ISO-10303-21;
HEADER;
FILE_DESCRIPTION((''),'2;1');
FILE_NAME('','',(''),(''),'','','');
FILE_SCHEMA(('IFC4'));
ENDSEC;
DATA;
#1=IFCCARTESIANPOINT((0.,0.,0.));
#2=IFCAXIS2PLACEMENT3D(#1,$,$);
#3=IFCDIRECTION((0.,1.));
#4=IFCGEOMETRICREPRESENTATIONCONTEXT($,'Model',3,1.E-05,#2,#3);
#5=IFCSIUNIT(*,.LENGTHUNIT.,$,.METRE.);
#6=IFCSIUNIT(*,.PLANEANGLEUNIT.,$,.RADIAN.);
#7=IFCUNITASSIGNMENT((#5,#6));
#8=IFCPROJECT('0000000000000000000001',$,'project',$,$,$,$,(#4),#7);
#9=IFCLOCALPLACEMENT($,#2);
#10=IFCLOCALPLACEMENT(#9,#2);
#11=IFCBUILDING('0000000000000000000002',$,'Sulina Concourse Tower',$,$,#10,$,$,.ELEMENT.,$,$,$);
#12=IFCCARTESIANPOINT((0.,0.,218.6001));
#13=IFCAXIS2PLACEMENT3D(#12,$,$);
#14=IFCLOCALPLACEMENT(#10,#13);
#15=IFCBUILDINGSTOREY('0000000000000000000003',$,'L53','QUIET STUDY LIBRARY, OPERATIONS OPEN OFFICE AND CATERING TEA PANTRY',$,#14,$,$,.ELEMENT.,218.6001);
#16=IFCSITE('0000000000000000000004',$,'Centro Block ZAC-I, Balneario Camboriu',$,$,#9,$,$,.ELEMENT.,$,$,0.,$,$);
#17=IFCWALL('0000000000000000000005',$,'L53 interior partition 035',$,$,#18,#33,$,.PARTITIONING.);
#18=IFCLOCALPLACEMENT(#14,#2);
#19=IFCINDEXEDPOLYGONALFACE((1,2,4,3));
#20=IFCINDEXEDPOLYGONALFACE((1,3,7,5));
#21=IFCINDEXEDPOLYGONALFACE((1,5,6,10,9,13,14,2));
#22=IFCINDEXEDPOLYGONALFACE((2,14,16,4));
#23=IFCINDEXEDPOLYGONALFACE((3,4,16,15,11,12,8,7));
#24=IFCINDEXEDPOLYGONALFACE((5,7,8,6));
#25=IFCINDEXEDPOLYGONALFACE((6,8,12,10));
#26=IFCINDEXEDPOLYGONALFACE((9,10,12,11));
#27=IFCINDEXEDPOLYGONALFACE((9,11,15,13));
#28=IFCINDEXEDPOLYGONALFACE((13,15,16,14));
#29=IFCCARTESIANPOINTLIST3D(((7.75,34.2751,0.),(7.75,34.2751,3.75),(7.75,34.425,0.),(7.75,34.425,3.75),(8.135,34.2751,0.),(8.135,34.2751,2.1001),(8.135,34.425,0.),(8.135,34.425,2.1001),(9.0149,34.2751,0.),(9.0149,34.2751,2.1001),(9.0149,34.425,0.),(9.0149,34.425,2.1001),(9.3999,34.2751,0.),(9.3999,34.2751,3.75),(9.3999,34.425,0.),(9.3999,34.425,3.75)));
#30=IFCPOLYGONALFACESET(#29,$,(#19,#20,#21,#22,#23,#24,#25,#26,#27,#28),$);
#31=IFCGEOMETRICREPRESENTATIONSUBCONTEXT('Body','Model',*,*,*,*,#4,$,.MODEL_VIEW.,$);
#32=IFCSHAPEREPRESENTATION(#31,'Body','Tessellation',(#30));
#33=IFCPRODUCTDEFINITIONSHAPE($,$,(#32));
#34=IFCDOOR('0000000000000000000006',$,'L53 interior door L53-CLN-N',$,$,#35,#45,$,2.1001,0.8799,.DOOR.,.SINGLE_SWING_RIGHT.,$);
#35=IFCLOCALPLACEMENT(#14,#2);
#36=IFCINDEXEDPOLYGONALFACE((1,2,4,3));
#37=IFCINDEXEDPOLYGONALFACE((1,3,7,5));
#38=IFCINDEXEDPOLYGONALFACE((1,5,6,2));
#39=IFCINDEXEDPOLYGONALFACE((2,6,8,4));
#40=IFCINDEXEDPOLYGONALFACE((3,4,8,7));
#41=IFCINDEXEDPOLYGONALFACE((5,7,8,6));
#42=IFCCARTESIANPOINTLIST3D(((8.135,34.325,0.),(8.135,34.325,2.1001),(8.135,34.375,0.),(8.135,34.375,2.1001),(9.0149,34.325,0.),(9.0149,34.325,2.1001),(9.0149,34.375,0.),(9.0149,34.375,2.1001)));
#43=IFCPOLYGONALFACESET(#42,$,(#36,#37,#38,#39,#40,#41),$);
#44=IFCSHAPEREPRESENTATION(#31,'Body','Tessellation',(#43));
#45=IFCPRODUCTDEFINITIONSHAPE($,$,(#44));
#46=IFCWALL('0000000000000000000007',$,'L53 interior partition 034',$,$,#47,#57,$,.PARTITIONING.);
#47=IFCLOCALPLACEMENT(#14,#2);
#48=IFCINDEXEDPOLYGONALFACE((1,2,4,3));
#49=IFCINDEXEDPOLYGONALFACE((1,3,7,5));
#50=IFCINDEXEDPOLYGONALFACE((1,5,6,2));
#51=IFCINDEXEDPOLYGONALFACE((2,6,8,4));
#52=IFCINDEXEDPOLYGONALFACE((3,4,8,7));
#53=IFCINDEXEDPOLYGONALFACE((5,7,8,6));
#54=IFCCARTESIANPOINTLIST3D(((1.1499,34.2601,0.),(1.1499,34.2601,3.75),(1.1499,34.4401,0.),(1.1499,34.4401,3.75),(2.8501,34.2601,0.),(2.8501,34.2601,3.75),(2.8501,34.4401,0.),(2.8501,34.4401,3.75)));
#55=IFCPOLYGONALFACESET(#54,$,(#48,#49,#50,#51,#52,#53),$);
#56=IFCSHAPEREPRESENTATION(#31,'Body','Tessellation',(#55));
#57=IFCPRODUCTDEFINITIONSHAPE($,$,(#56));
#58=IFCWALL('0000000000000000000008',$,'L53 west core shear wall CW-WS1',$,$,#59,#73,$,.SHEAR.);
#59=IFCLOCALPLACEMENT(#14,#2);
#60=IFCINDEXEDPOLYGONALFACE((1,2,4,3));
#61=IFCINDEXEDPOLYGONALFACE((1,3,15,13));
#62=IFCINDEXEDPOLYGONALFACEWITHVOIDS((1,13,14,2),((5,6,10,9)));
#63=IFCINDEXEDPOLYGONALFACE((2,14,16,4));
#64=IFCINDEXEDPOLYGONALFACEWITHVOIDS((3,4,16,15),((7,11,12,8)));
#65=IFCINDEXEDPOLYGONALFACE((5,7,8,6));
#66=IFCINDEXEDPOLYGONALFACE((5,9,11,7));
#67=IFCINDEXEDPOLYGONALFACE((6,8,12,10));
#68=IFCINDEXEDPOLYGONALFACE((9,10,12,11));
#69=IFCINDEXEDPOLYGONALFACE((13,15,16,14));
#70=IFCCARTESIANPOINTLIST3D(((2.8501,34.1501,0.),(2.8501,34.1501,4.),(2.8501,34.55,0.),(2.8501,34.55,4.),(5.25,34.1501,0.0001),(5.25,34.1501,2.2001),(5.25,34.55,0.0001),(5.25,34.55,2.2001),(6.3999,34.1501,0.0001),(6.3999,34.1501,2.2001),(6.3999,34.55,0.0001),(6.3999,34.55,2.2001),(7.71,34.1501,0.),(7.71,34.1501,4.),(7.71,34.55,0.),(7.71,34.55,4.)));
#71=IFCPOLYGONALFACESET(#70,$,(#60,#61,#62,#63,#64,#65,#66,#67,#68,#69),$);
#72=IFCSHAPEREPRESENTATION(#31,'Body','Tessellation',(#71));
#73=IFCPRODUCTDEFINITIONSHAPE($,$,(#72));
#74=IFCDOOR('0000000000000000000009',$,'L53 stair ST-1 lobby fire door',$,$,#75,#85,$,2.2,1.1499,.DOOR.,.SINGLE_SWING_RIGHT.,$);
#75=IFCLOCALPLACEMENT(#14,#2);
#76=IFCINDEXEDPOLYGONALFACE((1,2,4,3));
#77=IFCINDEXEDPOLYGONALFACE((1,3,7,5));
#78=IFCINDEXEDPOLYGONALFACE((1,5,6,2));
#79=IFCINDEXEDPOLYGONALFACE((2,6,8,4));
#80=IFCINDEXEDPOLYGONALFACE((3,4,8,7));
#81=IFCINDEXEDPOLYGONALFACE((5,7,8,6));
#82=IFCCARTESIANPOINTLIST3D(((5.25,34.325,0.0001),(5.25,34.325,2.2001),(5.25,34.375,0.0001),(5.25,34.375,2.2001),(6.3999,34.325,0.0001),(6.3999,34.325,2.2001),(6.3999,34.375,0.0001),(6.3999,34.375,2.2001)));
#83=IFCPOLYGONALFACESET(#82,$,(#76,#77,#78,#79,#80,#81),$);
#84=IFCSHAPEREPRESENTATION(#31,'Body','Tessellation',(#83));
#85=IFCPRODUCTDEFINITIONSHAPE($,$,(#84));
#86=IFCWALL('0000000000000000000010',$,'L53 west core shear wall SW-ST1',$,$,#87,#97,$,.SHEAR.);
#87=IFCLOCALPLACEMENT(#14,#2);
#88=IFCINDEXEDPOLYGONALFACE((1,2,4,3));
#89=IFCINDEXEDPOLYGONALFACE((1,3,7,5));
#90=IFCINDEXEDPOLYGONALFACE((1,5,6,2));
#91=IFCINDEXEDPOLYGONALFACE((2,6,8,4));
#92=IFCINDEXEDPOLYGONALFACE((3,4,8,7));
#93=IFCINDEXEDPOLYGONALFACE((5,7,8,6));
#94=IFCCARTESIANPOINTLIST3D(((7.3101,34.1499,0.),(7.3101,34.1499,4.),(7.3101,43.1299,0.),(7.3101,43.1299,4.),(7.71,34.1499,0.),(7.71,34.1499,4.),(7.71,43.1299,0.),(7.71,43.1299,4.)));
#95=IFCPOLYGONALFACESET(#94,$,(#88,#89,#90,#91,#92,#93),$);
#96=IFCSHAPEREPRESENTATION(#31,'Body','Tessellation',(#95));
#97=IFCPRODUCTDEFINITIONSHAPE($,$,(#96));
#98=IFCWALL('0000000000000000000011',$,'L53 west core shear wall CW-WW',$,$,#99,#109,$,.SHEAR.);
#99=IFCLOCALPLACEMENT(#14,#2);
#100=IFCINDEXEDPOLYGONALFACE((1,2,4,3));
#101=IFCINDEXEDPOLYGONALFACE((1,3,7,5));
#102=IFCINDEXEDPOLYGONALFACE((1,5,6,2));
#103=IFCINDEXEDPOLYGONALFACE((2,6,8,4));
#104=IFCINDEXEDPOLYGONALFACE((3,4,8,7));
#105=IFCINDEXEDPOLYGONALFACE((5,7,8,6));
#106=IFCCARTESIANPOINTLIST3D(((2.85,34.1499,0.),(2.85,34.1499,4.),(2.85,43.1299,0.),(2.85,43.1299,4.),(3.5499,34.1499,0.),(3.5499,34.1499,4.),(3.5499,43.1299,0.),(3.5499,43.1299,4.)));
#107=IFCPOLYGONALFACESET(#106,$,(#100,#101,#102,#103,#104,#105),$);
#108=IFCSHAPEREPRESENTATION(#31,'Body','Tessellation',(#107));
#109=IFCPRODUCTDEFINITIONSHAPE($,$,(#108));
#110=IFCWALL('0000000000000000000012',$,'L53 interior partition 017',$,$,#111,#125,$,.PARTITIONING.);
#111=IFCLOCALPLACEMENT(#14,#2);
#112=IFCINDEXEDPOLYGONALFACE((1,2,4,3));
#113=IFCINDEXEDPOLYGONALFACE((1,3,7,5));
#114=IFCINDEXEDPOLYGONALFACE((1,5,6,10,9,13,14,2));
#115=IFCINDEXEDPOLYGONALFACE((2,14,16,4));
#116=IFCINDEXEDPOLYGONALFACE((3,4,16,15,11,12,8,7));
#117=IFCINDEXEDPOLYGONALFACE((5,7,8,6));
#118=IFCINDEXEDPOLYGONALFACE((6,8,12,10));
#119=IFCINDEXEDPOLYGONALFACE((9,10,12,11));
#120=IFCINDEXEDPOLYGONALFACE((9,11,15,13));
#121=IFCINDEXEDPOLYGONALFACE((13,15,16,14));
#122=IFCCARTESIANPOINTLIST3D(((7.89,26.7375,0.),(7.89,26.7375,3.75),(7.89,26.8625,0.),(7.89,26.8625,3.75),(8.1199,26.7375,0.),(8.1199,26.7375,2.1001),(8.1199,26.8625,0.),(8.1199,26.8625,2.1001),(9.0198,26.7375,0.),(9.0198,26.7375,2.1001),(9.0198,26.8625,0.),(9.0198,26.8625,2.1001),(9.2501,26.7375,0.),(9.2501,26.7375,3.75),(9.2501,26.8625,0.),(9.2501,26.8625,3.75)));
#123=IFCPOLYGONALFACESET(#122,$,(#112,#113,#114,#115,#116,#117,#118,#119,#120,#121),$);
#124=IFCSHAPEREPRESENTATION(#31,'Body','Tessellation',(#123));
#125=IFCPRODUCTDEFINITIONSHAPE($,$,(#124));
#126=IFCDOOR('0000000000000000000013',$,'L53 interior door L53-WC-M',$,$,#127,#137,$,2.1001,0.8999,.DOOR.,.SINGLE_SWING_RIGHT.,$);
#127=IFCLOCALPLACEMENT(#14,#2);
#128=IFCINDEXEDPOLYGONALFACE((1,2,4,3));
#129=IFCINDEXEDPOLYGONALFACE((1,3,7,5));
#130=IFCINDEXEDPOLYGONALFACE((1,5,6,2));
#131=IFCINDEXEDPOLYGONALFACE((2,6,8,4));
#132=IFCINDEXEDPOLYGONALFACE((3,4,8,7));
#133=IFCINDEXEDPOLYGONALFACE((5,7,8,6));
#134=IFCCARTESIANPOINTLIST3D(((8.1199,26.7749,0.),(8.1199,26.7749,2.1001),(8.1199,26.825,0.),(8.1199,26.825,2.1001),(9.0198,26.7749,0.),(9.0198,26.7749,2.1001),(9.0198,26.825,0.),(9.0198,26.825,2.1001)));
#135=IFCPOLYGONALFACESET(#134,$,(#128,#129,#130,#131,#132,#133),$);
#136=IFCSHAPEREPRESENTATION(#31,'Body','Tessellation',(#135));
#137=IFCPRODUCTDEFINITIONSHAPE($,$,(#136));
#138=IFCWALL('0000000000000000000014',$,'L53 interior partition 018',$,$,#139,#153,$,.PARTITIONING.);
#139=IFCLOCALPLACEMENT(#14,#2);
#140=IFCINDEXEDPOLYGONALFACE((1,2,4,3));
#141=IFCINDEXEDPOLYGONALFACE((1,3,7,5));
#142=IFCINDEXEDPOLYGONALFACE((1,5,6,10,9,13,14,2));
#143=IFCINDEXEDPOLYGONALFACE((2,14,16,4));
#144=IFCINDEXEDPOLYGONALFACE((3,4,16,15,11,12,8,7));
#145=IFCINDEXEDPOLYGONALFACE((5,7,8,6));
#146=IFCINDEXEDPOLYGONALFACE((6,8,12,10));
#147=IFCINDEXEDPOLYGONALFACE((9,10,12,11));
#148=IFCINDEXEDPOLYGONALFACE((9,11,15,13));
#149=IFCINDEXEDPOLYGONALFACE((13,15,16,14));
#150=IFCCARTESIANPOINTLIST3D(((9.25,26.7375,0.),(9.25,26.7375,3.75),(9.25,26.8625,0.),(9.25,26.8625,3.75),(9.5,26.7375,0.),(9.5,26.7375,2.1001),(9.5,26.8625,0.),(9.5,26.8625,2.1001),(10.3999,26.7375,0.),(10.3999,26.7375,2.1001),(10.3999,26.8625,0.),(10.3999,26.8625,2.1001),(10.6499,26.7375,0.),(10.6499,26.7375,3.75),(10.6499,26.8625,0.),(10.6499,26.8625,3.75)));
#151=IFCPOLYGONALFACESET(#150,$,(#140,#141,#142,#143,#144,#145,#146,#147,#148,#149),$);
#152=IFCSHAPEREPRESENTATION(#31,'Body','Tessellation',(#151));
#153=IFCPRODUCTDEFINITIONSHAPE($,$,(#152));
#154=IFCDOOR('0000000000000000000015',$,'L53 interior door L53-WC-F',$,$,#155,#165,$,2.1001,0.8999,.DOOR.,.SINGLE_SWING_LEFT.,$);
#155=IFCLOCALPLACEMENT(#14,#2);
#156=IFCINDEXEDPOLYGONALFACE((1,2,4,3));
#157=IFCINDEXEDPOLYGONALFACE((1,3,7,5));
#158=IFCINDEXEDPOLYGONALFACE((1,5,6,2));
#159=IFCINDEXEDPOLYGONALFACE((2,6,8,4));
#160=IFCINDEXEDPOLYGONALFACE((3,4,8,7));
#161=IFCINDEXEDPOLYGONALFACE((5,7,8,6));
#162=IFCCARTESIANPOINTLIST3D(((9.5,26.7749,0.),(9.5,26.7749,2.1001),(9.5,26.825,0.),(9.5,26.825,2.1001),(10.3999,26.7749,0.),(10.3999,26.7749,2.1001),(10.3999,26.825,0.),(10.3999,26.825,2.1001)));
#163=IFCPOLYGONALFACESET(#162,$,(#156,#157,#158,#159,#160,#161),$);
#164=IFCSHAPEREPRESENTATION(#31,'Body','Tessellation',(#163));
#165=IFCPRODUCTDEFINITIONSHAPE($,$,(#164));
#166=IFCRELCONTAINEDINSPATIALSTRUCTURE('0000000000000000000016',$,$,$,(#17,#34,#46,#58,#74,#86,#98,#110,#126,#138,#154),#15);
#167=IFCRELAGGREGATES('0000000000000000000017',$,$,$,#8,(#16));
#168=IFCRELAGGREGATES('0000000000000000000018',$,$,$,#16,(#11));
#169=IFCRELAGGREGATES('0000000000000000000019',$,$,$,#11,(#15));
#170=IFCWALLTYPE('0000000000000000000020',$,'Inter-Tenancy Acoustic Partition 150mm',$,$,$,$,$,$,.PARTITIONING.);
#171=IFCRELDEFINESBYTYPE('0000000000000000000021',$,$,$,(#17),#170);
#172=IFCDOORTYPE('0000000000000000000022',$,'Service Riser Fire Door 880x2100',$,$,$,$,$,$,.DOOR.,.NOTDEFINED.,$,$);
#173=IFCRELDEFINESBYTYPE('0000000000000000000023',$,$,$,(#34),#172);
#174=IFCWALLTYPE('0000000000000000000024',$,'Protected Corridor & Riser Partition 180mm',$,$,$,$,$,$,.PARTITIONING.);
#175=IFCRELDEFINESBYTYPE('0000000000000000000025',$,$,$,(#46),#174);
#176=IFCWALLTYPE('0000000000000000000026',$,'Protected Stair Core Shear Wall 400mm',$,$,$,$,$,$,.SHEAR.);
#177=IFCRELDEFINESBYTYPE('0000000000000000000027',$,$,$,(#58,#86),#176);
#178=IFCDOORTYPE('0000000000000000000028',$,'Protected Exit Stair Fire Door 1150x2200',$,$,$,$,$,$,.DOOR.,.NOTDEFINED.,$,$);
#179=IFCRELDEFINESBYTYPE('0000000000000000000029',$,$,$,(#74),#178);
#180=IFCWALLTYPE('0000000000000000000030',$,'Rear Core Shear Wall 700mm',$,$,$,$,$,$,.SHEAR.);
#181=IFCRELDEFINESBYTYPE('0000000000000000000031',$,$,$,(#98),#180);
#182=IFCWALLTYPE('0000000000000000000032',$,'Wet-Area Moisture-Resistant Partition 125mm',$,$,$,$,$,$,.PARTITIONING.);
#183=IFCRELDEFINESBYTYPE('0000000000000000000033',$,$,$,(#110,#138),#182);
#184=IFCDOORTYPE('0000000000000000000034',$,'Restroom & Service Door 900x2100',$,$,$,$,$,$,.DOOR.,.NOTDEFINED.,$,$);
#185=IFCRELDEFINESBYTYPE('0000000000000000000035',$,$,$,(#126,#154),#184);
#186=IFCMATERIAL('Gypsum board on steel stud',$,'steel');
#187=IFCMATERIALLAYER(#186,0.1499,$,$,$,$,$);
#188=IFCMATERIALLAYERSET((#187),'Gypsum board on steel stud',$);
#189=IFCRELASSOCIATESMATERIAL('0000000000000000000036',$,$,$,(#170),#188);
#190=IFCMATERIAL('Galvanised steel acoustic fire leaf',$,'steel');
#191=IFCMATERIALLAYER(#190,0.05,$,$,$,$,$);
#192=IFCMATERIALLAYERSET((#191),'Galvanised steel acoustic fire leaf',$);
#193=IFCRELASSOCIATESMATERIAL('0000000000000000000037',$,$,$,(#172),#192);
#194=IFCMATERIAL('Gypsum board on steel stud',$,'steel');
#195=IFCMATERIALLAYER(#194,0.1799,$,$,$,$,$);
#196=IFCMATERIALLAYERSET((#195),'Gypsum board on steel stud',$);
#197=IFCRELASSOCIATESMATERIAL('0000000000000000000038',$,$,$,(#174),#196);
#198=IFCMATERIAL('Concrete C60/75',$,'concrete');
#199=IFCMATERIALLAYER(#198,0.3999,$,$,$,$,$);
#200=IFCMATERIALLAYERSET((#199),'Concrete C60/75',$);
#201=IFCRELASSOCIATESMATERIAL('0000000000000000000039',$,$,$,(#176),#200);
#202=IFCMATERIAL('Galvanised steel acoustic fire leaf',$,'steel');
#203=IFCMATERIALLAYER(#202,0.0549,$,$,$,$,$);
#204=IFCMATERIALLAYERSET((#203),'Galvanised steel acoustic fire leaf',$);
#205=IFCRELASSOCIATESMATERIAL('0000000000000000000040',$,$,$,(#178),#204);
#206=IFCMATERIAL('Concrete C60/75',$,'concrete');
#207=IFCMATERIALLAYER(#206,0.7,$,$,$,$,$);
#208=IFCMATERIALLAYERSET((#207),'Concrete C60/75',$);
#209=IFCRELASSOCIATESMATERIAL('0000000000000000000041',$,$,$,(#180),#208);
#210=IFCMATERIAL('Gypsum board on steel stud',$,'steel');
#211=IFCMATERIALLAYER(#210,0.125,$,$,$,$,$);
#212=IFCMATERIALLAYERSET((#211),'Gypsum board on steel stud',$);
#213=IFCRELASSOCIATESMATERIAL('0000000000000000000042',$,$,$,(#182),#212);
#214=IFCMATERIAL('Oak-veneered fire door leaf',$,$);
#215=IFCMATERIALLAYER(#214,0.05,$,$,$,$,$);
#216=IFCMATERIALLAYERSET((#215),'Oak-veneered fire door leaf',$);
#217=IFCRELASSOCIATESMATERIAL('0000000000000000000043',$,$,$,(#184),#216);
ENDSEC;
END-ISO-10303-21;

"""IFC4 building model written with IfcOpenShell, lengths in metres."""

from ifc_helpers import new_model, si_unit, direction, frame, frame_2d, origin, place, context, subcontext, project, spatial, rectangle, extrude, material, layer, layer_set, type_object, element, fill, save


model = new_model("IFC4")

# Units and contexts
model_context = context("Model", 3, precision=1e-05, world=origin(), true_north=direction((0.0, 1.0)))
body_context = subcontext(model_context, "Body", "Model", "MODEL_VIEW")
ifc_project = project(units=[si_unit("LENGTHUNIT", "METRE"), si_unit("PLANEANGLEUNIT", "RADIAN")], contexts=[model_context])

# Site, building, storey
site_placement = place(None, origin())
site = spatial("IfcSite", under=ifc_project, at=site_placement, Name="Centro Block ZAC-I, Balneario Camboriu", CompositionType="ELEMENT", RefElevation=0.0)
building_placement = place(site_placement, origin())
building = spatial("IfcBuilding", under=site, at=building_placement, Name="Sulina Concourse Tower", CompositionType="ELEMENT")
storey_placement = place(building_placement, frame((0.0, 0.0, 218.6001)))
storey = spatial("IfcBuildingStorey", under=building, at=storey_placement, Name="L53", Description="QUIET STUDY LIBRARY, OPERATIONS OPEN OFFICE AND CATERING TEA PANTRY", CompositionType="ELEMENT", Elevation=218.6001)

# Wall, opening, door
ifc_material_1 = material(Name="Gypsum board on steel stud", Category="steel")
ifc_layer_1 = layer(ifc_material_1, 0.1499)
ifc_layer_set_1 = layer_set([ifc_layer_1], Name="Gypsum board on steel stud")
wall_type_1 = type_object("IfcWallType", Name="Inter-Tenancy Acoustic Partition 150mm", PredefinedType="PARTITIONING", material=ifc_layer_set_1)
wall_1_placement = place(storey_placement, frame((7.75, 34.3501, 0.0), z_axis=(0.0, 0.0, 1.0), x_axis=(1.0, 0.0, 0.0)))
wall_1 = element("IfcWall", 1, at=wall_1_placement, inside=storey, type_object=wall_type_1, Name="L53 interior partition 035", PredefinedType="PARTITIONING", context=body_context, shape_type="SweptSolid", body=[
    extrude(rectangle(XDim=1.6499, YDim=0.1499, at=frame_2d((0.825, 0.0))), origin(), (0.0, 0.0, 1.0), 3.75),
])
opening_1_placement = place(wall_1_placement, frame((0.385, 0.0, 0.0)))
opening_1 = element("IfcOpeningElement", 2, at=opening_1_placement, cuts=wall_1, PredefinedType="OPENING", context=body_context, shape_type="SweptSolid", body=[
    extrude(rectangle(XDim=0.8799, YDim=2.1001, at=frame_2d((0.4399, 1.05))), frame((0.0, 0.085, 0.0), z_axis=(0.0, -1.0, 0.0), x_axis=(1.0, 0.0, 0.0)), (0.0, 0.0, 1.0), 0.1699),
])
ifc_material_2 = material(Name="Galvanised steel acoustic fire leaf", Category="steel")
ifc_layer_2 = layer(ifc_material_2, 0.05)
ifc_layer_set_2 = layer_set([ifc_layer_2], Name="Galvanised steel acoustic fire leaf")
door_type_1 = type_object("IfcDoorType", Name="Service Riser Fire Door 880x2100", OperationType="NOTDEFINED", PredefinedType="DOOR", material=ifc_layer_set_2)
door_1_placement = place(opening_1_placement, origin())
door_1 = element("IfcDoor", 3, at=door_1_placement, inside=storey, type_object=door_type_1, Name="L53 interior door L53-CLN-N", OperationType="SINGLE_SWING_RIGHT", OverallHeight=2.1001, OverallWidth=0.8799, PredefinedType="DOOR", context=body_context, shape_type="SweptSolid", body=[
    extrude(rectangle(XDim=0.8799, YDim=2.1001, at=frame_2d((0.4399, 1.05))), frame((0.0, 0.0249, 0.0), z_axis=(0.0, -1.0, 0.0), x_axis=(1.0, 0.0, 0.0)), (0.0, 0.0, 1.0), 0.05),
])
fill(opening_1, door_1)

# Wall
ifc_material_3 = material(Name="Gypsum board on steel stud", Category="steel")
ifc_layer_3 = layer(ifc_material_3, 0.1799)
ifc_layer_set_3 = layer_set([ifc_layer_3], Name="Gypsum board on steel stud")
wall_type_2 = type_object("IfcWallType", Name="Protected Corridor & Riser Partition 180mm", PredefinedType="PARTITIONING", material=ifc_layer_set_3)
wall_2_placement = place(storey_placement, frame((1.1499, 34.3501, 0.0), z_axis=(0.0, 0.0, 1.0), x_axis=(1.0, 0.0, 0.0)))
element("IfcWall", 4, at=wall_2_placement, inside=storey, type_object=wall_type_2, Name="L53 interior partition 034", PredefinedType="PARTITIONING", context=body_context, shape_type="SweptSolid", body=[
    extrude(rectangle(XDim=1.7002, YDim=0.1799, at=frame_2d((0.8501, 0.0))), origin(), (0.0, 0.0, 1.0), 3.75),
])

# Wall, opening, door
ifc_material_4 = material(Name="Concrete C60/75", Category="concrete")
ifc_layer_4 = layer(ifc_material_4, 0.3999)
ifc_layer_set_4 = layer_set([ifc_layer_4], Name="Concrete C60/75")
wall_type_3 = type_object("IfcWallType", Name="Protected Stair Core Shear Wall 400mm", PredefinedType="SHEAR", material=ifc_layer_set_4)
wall_3_placement = place(storey_placement, frame((2.8501, 34.3501, 0.0), z_axis=(0.0, 0.0, 1.0), x_axis=(1.0, 0.0, 0.0)))
wall_3 = element("IfcWall", 5, at=wall_3_placement, inside=storey, type_object=wall_type_3, Name="L53 west core shear wall CW-WS1", PredefinedType="SHEAR", context=body_context, shape_type="SweptSolid", body=[
    extrude(rectangle(XDim=4.8599, YDim=0.3999, at=frame_2d((2.4299, 0.0))), origin(), (0.0, 0.0, 1.0), 4.0),
])
opening_2_placement = place(wall_3_placement, frame((2.3999, 0.0, 0.0)))
opening_2 = element("IfcOpeningElement", 6, at=opening_2_placement, cuts=wall_3, PredefinedType="OPENING", context=body_context, shape_type="SweptSolid", body=[
    extrude(rectangle(XDim=1.1499, YDim=2.2, at=frame_2d((0.575, 1.1001))), frame((0.0, 0.21, 0.0), z_axis=(0.0, -1.0, 0.0), x_axis=(1.0, 0.0, 0.0)), (0.0, 0.0, 1.0), 0.4199),
])
ifc_material_5 = material(Name="Galvanised steel acoustic fire leaf", Category="steel")
ifc_layer_5 = layer(ifc_material_5, 0.0549)
ifc_layer_set_5 = layer_set([ifc_layer_5], Name="Galvanised steel acoustic fire leaf")
door_type_2 = type_object("IfcDoorType", Name="Protected Exit Stair Fire Door 1150x2200", OperationType="NOTDEFINED", PredefinedType="DOOR", material=ifc_layer_set_5)
door_2_placement = place(opening_2_placement, origin())
door_2 = element("IfcDoor", 7, at=door_2_placement, inside=storey, type_object=door_type_2, Name="L53 stair ST-1 lobby fire door", OperationType="SINGLE_SWING_RIGHT", OverallHeight=2.2, OverallWidth=1.1499, PredefinedType="DOOR", context=body_context, shape_type="SweptSolid", body=[
    extrude(rectangle(XDim=1.1499, YDim=2.2, at=frame_2d((0.575, 1.1001))), frame((0.0, 0.0249, 0.0), z_axis=(0.0, -1.0, 0.0), x_axis=(1.0, 0.0, 0.0)), (0.0, 0.0, 1.0), 0.05),
])
fill(opening_2, door_2)

# Walls
wall_4_placement = place(storey_placement, frame((7.51, 34.1499, 0.0), z_axis=(0.0, 0.0, 1.0), x_axis=(0.0, 1.0, 0.0)))
element("IfcWall", 8, at=wall_4_placement, inside=storey, type_object=wall_type_3, Name="L53 west core shear wall SW-ST1", PredefinedType="SHEAR", context=body_context, shape_type="SweptSolid", body=[
    extrude(rectangle(XDim=8.98, YDim=0.3999, at=frame_2d((4.49, 0.0))), origin(), (0.0, 0.0, 1.0), 4.0),
])
ifc_material_6 = material(Name="Concrete C60/75", Category="concrete")
ifc_layer_6 = layer(ifc_material_6, 0.7)
ifc_layer_set_6 = layer_set([ifc_layer_6], Name="Concrete C60/75")
wall_type_4 = type_object("IfcWallType", Name="Rear Core Shear Wall 700mm", PredefinedType="SHEAR", material=ifc_layer_set_6)
wall_5_placement = place(storey_placement, frame((3.2, 34.1499, 0.0), z_axis=(0.0, 0.0, 1.0), x_axis=(0.0, 1.0, 0.0)))
element("IfcWall", 9, at=wall_5_placement, inside=storey, type_object=wall_type_4, Name="L53 west core shear wall CW-WW", PredefinedType="SHEAR", context=body_context, shape_type="SweptSolid", body=[
    extrude(rectangle(XDim=8.98, YDim=0.7, at=frame_2d((4.49, 0.0))), origin(), (0.0, 0.0, 1.0), 4.0),
])

# Walls, openings, doors
ifc_material_7 = material(Name="Gypsum board on steel stud", Category="steel")
ifc_layer_7 = layer(ifc_material_7, 0.125)
ifc_layer_set_7 = layer_set([ifc_layer_7], Name="Gypsum board on steel stud")
wall_type_5 = type_object("IfcWallType", Name="Wet-Area Moisture-Resistant Partition 125mm", PredefinedType="PARTITIONING", material=ifc_layer_set_7)
wall_6_placement = place(storey_placement, frame((7.8899, 26.8, 0.0), z_axis=(0.0, 0.0, 1.0), x_axis=(1.0, 0.0, 0.0)))
wall_6 = element("IfcWall", 10, at=wall_6_placement, inside=storey, type_object=wall_type_5, Name="L53 interior partition 017", PredefinedType="PARTITIONING", context=body_context, shape_type="SweptSolid", body=[
    extrude(rectangle(XDim=1.3601, YDim=0.125, at=frame_2d((0.6802, 0.0))), origin(), (0.0, 0.0, 1.0), 3.75),
])
opening_3_placement = place(wall_6_placement, frame((0.23, 0.0, 0.0)))
opening_3 = element("IfcOpeningElement", 11, at=opening_3_placement, cuts=wall_6, PredefinedType="OPENING", context=body_context, shape_type="SweptSolid", body=[
    extrude(rectangle(XDim=0.8999, YDim=2.1001, at=frame_2d((0.45, 1.05))), frame((0.0, 0.0725, 0.0), z_axis=(0.0, -1.0, 0.0), x_axis=(1.0, 0.0, 0.0)), (0.0, 0.0, 1.0), 0.145),
])
ifc_material_8 = material(Name="Oak-veneered fire door leaf")
ifc_layer_8 = layer(ifc_material_8, 0.05)
ifc_layer_set_8 = layer_set([ifc_layer_8], Name="Oak-veneered fire door leaf")
door_type_3 = type_object("IfcDoorType", Name="Restroom & Service Door 900x2100", OperationType="NOTDEFINED", PredefinedType="DOOR", material=ifc_layer_set_8)
door_3_placement = place(opening_3_placement, origin())
door_3 = element("IfcDoor", 12, at=door_3_placement, inside=storey, type_object=door_type_3, Name="L53 interior door L53-WC-M", OperationType="SINGLE_SWING_RIGHT", OverallHeight=2.1001, OverallWidth=0.8999, PredefinedType="DOOR", context=body_context, shape_type="SweptSolid", body=[
    extrude(rectangle(XDim=0.8999, YDim=2.1001, at=frame_2d((0.45, 1.05))), frame((0.0, 0.0249, 0.0), z_axis=(0.0, -1.0, 0.0), x_axis=(1.0, 0.0, 0.0)), (0.0, 0.0, 1.0), 0.05),
])
fill(opening_3, door_3)
wall_7_placement = place(storey_placement, frame((9.25, 26.8, 0.0), z_axis=(0.0, 0.0, 1.0), x_axis=(1.0, 0.0, 0.0)))
wall_7 = element("IfcWall", 13, at=wall_7_placement, inside=storey, type_object=wall_type_5, Name="L53 interior partition 018", PredefinedType="PARTITIONING", context=body_context, shape_type="SweptSolid", body=[
    extrude(rectangle(XDim=1.3999, YDim=0.125, at=frame_2d((0.7, 0.0))), origin(), (0.0, 0.0, 1.0), 3.75),
])
opening_4_placement = place(wall_7_placement, frame((0.25, 0.0, 0.0)))
opening_4 = element("IfcOpeningElement", 14, at=opening_4_placement, cuts=wall_7, PredefinedType="OPENING", context=body_context, shape_type="SweptSolid", body=[
    extrude(rectangle(XDim=0.8999, YDim=2.1001, at=frame_2d((0.45, 1.05))), frame((0.0, 0.0725, 0.0), z_axis=(0.0, -1.0, 0.0), x_axis=(1.0, 0.0, 0.0)), (0.0, 0.0, 1.0), 0.145),
])
door_4_placement = place(opening_4_placement, origin())
door_4 = element("IfcDoor", 15, at=door_4_placement, inside=storey, type_object=door_type_3, Name="L53 interior door L53-WC-F", OperationType="SINGLE_SWING_LEFT", OverallHeight=2.1001, OverallWidth=0.8999, PredefinedType="DOOR", context=body_context, shape_type="SweptSolid", body=[
    extrude(rectangle(XDim=0.8999, YDim=2.1001, at=frame_2d((0.45, 1.05))), frame((0.0, 0.0249, 0.0), z_axis=(0.0, -1.0, 0.0), x_axis=(1.0, 0.0, 0.0)), (0.0, 0.0, 1.0), 0.05),
])
fill(opening_4, door_4)

save(model, "model.ifc")
